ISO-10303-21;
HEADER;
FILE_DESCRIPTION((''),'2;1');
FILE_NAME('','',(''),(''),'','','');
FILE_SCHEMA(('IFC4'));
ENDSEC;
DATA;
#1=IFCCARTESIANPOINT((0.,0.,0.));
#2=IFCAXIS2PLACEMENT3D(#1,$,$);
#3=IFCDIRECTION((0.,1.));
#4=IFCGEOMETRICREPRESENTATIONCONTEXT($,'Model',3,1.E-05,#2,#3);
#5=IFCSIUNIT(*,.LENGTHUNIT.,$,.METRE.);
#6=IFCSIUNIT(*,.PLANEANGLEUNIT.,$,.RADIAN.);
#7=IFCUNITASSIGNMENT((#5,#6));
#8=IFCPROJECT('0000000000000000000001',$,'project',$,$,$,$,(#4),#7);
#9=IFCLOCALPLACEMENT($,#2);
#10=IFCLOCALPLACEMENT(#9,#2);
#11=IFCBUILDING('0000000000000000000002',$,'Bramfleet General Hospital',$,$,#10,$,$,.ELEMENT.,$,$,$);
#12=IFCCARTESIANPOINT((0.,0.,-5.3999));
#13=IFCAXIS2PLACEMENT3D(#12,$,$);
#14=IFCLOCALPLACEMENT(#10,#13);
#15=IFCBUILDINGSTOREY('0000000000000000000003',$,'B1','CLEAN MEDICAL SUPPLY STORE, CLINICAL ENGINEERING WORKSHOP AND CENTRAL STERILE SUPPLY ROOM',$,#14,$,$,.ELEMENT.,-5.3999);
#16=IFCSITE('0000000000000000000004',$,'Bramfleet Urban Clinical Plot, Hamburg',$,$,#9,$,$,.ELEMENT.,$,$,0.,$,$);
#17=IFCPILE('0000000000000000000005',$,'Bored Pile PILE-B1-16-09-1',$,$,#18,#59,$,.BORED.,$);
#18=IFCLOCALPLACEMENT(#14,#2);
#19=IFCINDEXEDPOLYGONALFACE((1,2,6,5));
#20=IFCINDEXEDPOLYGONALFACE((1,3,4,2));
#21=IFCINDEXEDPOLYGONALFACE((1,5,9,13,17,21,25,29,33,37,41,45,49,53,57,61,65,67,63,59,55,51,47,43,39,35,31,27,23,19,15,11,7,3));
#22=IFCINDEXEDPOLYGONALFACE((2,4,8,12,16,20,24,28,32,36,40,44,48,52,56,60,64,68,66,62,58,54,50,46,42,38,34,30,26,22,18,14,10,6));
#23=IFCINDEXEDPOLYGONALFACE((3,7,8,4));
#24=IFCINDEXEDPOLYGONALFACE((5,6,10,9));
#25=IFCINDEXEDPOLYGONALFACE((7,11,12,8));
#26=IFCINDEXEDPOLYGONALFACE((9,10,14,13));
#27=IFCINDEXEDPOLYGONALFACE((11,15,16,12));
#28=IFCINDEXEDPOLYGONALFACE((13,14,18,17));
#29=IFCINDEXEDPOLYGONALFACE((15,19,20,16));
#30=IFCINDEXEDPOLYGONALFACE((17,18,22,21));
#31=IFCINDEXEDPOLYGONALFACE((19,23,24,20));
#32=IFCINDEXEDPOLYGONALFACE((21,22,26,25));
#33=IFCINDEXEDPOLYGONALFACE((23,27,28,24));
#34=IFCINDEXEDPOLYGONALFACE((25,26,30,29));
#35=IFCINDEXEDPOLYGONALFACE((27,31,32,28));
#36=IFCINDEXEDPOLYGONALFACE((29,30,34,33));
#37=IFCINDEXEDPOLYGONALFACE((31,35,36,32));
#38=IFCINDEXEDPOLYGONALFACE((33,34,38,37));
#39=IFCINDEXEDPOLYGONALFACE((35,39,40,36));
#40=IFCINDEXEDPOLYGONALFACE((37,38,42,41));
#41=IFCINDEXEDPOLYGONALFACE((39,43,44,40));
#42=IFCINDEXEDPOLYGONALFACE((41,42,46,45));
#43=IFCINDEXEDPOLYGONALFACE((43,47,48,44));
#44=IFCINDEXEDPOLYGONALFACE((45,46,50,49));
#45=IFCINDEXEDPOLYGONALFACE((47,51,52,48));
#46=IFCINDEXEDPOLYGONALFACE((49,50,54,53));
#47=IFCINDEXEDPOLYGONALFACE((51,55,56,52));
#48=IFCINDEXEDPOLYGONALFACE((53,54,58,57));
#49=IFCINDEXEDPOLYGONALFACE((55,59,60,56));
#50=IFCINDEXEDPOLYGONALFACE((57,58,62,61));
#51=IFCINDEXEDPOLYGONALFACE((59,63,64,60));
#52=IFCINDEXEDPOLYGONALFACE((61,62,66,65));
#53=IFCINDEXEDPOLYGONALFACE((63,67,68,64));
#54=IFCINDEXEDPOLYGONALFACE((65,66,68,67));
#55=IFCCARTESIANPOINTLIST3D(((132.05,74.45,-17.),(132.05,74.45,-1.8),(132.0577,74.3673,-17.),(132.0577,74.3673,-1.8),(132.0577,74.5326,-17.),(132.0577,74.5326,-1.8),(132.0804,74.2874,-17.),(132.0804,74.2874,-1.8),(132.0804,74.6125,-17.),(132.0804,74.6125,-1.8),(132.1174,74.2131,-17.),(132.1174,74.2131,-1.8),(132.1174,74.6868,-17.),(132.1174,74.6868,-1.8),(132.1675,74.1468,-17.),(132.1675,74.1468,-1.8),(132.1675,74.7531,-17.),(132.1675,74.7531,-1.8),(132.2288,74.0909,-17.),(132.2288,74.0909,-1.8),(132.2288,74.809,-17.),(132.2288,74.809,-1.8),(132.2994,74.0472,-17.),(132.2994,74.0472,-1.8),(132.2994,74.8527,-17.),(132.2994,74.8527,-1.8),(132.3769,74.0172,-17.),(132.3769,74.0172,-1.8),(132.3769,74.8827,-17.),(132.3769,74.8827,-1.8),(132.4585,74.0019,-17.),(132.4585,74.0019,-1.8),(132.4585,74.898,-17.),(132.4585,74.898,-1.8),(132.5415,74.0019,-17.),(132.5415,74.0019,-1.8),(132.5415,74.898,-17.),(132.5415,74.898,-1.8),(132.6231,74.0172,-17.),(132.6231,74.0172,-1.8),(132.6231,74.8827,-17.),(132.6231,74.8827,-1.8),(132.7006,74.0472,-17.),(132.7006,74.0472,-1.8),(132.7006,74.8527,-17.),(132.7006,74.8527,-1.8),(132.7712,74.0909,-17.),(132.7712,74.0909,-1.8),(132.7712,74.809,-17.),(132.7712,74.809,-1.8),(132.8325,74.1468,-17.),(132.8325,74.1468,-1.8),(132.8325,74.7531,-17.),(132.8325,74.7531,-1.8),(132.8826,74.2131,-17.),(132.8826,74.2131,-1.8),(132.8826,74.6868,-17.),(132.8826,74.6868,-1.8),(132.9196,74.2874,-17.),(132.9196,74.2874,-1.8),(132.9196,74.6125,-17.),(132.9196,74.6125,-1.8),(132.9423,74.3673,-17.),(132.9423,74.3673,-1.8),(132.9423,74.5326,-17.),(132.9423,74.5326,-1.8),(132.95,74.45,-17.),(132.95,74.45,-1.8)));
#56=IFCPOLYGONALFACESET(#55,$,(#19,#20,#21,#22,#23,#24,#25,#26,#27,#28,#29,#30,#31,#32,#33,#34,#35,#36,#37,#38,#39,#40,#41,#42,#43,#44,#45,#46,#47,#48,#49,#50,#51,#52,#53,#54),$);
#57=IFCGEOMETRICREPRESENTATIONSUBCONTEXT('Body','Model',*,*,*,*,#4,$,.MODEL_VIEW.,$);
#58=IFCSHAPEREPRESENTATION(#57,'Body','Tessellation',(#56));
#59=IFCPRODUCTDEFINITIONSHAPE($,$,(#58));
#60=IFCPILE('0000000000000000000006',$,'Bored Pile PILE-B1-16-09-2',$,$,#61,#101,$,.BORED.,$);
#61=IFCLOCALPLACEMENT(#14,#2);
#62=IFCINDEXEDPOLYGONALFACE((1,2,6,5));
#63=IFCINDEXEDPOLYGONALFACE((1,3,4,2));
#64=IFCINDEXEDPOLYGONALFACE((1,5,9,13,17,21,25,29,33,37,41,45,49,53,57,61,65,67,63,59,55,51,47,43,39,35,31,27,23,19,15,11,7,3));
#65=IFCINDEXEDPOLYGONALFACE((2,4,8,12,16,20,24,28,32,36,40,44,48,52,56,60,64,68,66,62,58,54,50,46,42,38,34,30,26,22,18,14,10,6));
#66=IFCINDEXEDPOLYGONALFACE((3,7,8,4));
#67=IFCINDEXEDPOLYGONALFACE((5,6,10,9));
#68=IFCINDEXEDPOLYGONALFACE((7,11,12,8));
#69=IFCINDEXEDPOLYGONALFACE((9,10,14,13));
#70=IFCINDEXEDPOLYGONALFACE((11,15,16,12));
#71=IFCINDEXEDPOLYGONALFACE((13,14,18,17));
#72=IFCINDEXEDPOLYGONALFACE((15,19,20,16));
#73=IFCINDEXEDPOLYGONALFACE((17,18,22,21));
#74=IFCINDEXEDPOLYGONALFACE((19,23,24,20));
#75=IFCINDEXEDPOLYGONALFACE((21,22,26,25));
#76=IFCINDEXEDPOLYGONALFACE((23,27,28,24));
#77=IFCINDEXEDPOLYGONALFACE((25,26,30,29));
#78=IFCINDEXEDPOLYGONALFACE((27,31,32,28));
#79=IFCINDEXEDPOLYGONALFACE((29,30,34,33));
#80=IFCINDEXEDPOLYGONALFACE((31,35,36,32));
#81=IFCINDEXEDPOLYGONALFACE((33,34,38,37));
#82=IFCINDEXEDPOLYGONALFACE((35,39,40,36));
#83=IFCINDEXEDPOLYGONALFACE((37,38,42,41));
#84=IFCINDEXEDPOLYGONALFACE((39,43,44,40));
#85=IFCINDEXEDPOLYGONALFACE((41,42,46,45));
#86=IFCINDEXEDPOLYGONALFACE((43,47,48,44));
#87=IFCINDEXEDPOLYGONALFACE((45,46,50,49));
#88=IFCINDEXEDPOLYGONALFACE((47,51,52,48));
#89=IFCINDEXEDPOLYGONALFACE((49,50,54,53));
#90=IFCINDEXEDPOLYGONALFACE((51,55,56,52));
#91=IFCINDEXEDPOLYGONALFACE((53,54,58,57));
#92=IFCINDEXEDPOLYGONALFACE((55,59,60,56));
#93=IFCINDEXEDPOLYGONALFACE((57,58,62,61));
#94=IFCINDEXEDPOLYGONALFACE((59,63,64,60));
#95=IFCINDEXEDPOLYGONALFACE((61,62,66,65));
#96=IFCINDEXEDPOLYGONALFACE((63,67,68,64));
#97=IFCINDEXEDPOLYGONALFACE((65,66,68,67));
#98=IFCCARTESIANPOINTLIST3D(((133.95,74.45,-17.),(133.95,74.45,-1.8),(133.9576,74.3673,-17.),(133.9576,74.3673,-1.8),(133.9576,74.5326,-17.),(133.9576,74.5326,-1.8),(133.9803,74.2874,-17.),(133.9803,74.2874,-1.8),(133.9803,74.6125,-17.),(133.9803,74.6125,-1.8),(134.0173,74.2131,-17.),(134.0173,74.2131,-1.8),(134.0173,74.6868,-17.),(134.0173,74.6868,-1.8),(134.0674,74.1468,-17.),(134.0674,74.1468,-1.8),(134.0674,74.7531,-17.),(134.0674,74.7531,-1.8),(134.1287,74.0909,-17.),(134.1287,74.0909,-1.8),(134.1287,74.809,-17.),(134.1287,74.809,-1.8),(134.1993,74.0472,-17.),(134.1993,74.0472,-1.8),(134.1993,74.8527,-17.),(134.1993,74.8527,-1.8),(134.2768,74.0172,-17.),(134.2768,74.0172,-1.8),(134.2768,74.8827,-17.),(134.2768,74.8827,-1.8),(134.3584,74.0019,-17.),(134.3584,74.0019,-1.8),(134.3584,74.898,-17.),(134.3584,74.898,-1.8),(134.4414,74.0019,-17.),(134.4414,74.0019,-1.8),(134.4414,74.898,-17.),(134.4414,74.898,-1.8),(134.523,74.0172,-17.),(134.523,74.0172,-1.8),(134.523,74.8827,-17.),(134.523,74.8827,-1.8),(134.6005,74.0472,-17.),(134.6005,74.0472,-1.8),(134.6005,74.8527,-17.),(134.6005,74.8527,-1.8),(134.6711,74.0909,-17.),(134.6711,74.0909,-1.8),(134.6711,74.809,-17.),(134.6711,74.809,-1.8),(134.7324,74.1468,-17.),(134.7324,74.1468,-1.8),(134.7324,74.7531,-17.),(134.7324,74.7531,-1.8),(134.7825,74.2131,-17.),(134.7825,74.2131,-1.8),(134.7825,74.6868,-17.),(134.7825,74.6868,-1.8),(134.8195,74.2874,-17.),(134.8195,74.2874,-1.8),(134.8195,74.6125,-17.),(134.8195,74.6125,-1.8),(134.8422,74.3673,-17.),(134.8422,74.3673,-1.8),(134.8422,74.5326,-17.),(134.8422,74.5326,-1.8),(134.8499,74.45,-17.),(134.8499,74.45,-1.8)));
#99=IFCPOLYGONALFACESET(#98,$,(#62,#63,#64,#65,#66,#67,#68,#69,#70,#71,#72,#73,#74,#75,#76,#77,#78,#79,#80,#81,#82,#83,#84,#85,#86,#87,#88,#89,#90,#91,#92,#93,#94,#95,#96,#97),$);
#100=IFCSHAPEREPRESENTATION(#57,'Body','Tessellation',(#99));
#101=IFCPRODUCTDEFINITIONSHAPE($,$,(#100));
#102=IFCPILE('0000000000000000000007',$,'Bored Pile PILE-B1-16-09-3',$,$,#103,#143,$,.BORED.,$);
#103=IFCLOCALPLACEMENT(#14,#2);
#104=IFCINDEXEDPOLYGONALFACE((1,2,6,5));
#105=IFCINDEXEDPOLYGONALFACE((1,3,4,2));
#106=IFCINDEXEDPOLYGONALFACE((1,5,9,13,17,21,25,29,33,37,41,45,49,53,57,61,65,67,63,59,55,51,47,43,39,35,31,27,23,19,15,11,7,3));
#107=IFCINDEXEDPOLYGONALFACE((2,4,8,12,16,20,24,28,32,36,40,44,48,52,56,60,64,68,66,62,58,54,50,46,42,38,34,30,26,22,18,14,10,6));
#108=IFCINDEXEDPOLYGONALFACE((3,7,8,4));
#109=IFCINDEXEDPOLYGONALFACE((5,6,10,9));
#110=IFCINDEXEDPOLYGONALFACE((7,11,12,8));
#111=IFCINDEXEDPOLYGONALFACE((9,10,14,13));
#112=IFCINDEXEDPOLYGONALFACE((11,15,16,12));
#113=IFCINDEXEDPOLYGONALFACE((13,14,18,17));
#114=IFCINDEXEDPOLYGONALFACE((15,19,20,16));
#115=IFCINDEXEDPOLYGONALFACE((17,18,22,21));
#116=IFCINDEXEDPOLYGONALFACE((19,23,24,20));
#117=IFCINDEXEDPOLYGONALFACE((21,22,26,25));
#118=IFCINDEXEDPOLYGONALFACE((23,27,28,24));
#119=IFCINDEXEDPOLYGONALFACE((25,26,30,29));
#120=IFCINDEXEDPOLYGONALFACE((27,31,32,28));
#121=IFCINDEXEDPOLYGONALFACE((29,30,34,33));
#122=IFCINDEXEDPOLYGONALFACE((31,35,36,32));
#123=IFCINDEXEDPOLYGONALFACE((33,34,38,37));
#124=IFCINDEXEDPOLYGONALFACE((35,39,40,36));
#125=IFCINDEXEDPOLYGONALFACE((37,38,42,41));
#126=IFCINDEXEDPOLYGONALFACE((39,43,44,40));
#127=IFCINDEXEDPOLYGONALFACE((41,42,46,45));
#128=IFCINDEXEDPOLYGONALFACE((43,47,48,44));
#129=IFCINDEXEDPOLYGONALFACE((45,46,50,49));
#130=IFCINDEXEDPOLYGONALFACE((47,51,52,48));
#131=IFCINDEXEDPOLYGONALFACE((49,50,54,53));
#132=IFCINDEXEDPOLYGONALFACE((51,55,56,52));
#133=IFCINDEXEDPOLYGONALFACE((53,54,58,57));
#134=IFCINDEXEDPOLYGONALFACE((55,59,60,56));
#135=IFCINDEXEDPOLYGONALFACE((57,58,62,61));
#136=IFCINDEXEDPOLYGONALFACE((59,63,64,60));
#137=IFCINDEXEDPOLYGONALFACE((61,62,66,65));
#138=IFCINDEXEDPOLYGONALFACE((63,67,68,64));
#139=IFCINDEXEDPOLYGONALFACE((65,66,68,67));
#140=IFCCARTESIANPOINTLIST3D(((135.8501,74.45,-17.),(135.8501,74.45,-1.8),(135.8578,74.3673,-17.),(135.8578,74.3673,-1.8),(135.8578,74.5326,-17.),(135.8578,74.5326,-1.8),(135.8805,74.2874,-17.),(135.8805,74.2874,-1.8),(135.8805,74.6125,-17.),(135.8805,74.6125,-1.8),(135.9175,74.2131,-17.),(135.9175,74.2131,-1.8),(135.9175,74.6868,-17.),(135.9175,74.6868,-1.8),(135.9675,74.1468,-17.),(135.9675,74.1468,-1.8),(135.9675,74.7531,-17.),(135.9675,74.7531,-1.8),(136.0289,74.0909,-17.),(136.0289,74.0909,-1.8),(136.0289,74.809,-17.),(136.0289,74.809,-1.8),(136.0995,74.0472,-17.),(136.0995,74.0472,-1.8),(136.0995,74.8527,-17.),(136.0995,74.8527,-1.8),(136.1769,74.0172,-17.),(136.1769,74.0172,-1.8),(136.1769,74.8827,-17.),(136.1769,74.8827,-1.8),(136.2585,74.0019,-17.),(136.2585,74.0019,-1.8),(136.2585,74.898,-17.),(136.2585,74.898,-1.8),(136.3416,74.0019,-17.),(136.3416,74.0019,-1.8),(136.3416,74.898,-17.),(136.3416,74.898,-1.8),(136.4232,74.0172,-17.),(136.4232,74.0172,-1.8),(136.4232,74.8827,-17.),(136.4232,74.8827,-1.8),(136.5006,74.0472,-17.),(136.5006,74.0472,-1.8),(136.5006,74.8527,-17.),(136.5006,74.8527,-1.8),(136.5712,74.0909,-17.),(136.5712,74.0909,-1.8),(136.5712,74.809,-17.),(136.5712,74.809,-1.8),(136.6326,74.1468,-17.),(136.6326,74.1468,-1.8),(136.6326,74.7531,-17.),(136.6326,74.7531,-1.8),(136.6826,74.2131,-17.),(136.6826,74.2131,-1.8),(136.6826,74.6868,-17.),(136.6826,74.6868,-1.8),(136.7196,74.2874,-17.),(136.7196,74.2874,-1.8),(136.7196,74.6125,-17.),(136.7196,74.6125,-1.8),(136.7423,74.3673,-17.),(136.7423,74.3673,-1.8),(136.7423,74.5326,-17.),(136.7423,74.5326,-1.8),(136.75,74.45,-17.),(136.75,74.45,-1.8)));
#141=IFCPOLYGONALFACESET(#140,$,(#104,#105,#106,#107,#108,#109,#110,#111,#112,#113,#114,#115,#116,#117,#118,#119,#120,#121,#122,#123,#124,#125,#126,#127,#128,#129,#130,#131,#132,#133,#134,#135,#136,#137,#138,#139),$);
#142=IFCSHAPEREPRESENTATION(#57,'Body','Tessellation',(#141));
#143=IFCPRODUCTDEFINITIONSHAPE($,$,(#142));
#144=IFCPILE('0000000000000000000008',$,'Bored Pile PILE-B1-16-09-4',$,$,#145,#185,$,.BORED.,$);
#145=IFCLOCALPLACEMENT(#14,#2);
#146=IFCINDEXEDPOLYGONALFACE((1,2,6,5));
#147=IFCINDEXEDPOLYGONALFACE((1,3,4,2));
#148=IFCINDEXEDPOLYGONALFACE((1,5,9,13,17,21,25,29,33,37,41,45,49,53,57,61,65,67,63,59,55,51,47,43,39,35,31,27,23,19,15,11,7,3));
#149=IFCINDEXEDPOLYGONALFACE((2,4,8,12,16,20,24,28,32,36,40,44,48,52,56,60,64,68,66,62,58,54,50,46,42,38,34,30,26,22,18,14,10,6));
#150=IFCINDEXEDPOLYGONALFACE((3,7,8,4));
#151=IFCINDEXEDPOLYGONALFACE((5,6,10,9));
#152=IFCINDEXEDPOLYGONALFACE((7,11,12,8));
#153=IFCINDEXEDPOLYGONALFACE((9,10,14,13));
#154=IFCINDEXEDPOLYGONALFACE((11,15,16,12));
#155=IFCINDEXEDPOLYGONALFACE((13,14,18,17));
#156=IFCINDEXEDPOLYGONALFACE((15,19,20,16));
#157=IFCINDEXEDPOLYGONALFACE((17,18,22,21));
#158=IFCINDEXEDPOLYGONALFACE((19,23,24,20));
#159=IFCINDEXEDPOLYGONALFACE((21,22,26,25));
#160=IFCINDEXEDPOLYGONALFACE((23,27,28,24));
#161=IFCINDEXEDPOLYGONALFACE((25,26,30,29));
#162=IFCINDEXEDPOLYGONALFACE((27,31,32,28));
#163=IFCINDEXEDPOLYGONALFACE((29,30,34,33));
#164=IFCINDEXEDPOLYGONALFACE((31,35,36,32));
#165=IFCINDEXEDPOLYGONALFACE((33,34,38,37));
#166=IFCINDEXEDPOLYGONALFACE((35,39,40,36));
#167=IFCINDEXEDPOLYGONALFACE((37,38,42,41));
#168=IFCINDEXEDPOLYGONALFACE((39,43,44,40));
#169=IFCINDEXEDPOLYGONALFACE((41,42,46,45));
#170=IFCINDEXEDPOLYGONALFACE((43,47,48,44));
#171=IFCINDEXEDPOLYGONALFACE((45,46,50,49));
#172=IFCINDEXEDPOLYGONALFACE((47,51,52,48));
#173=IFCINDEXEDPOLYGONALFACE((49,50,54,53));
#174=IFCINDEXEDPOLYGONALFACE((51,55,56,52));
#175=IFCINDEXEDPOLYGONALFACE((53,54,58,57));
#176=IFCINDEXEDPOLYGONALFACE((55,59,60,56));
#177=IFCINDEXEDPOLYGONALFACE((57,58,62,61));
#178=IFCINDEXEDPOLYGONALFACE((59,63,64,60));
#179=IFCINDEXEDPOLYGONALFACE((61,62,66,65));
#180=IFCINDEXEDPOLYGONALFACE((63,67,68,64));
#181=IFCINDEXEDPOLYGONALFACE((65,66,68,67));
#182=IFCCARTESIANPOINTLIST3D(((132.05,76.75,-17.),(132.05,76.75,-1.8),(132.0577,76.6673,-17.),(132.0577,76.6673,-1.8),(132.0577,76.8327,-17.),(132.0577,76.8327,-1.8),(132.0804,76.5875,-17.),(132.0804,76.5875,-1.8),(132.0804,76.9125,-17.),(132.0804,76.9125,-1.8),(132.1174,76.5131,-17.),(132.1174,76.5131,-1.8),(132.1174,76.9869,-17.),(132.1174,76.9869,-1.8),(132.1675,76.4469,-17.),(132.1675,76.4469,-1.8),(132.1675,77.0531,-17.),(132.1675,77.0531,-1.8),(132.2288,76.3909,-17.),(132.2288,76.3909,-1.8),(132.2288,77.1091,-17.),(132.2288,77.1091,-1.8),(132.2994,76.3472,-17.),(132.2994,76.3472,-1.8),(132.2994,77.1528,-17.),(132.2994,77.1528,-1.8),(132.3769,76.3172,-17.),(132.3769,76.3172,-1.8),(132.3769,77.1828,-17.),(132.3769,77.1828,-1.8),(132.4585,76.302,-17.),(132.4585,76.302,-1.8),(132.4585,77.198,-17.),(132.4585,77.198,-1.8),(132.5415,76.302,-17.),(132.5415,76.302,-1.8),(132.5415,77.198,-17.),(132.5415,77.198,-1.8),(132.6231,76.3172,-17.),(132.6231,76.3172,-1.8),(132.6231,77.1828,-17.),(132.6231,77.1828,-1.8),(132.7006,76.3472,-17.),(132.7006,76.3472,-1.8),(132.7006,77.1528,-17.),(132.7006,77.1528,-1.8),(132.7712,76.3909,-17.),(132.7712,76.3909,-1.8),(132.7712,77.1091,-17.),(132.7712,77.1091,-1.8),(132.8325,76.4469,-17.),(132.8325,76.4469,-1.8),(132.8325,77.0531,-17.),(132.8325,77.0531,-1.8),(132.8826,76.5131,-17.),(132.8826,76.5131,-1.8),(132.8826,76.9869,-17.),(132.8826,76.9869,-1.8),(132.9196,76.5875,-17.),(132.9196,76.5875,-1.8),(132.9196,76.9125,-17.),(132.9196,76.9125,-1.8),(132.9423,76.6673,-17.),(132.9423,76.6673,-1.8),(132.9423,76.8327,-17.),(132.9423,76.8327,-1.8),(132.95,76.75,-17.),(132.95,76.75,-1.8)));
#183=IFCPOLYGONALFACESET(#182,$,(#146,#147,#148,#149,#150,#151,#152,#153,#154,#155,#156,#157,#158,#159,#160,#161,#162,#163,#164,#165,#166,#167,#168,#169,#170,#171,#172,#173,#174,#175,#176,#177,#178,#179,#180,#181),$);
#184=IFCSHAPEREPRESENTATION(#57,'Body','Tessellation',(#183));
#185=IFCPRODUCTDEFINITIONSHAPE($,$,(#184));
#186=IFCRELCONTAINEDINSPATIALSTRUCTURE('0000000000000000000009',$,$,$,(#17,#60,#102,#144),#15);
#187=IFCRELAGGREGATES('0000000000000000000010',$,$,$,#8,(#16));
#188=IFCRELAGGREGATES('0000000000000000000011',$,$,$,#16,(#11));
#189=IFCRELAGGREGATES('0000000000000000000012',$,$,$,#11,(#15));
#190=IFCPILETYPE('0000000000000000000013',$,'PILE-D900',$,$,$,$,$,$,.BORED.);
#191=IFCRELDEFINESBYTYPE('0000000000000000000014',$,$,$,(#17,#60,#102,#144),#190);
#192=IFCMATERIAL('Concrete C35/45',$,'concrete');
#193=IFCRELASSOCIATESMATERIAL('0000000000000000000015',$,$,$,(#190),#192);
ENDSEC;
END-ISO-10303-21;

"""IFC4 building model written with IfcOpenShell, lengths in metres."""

from ifc_helpers import new_model, si_unit, direction, frame, origin, origin_2d, place, context, subcontext, project, spatial, circle, extrude, material, material_profile, profile_set, type_object, element, save


model = new_model("IFC4")

# Units and contexts
model_context = context("Model", 3, precision=1e-05, world=origin(), true_north=direction((0.0, 1.0)))
body_context = subcontext(model_context, "Body", "Model", "MODEL_VIEW")
ifc_project = project(units=[si_unit("LENGTHUNIT", "METRE"), si_unit("PLANEANGLEUNIT", "RADIAN")], contexts=[model_context])

# Site, building, storey
site_placement = place(None, origin())
site = spatial("IfcSite", under=ifc_project, at=site_placement, Name="Bramfleet Urban Clinical Plot, Hamburg", CompositionType="ELEMENT", RefElevation=0.0)
building_placement = place(site_placement, origin())
building = spatial("IfcBuilding", under=site, at=building_placement, Name="Bramfleet General Hospital", CompositionType="ELEMENT")
storey_placement = place(building_placement, frame((0.0, 0.0, -5.3999)))
storey = spatial("IfcBuildingStorey", under=building, at=storey_placement, Name="B1", Description="CLEAN MEDICAL SUPPLY STORE, CLINICAL ENGINEERING WORKSHOP AND CENTRAL STERILE SUPPLY ROOM", CompositionType="ELEMENT", Elevation=-5.3999)

# Shared definitions
ifc_material_1 = material(Name="Concrete C35/45", Category="concrete")

# Piles
ifc_material_profile_1 = material_profile(ifc_material_1, circle(Radius=0.45, at=origin_2d()), Name="PILE BORED D900")
ifc_profile_set_1 = profile_set([ifc_material_profile_1], Name="Concrete C35/45")
pile_type_1 = type_object("IfcPileType", Name="PILE-D900", PredefinedType="BORED", material=ifc_profile_set_1)
for number, where, z_axis, x_axis, name in (
    (1, (132.5, 74.45, -1.8), (0.0, 0.0, -1.0), (1.0, 0.0, 0.0), "Bored Pile PILE-B1-16-09-1"),
    (2, (134.3999, 74.45, -1.8), (0.0, 0.0, -1.0), (1.0, 0.0, 0.0), "Bored Pile PILE-B1-16-09-2"),
    (3, (136.3, 74.45, -1.8), (0.0, 0.0, -1.0), (1.0, 0.0, 0.0), "Bored Pile PILE-B1-16-09-3"),
    (4, (132.5, 76.75, -1.8), (0.0, 0.0, -1.0), (1.0, 0.0, 0.0), "Bored Pile PILE-B1-16-09-4"),
):
    element("IfcPile", number, at=place(storey_placement, frame(where, z_axis=z_axis, x_axis=x_axis)), inside=storey, type_object=pile_type_1, Name=name, PredefinedType="BORED", context=body_context, shape_type="SweptSolid", body=[
        extrude(circle(Radius=0.45, at=origin_2d()), origin(), (0.0, 0.0, 1.0), 15.2),
    ])

save(model, "model.ifc")
